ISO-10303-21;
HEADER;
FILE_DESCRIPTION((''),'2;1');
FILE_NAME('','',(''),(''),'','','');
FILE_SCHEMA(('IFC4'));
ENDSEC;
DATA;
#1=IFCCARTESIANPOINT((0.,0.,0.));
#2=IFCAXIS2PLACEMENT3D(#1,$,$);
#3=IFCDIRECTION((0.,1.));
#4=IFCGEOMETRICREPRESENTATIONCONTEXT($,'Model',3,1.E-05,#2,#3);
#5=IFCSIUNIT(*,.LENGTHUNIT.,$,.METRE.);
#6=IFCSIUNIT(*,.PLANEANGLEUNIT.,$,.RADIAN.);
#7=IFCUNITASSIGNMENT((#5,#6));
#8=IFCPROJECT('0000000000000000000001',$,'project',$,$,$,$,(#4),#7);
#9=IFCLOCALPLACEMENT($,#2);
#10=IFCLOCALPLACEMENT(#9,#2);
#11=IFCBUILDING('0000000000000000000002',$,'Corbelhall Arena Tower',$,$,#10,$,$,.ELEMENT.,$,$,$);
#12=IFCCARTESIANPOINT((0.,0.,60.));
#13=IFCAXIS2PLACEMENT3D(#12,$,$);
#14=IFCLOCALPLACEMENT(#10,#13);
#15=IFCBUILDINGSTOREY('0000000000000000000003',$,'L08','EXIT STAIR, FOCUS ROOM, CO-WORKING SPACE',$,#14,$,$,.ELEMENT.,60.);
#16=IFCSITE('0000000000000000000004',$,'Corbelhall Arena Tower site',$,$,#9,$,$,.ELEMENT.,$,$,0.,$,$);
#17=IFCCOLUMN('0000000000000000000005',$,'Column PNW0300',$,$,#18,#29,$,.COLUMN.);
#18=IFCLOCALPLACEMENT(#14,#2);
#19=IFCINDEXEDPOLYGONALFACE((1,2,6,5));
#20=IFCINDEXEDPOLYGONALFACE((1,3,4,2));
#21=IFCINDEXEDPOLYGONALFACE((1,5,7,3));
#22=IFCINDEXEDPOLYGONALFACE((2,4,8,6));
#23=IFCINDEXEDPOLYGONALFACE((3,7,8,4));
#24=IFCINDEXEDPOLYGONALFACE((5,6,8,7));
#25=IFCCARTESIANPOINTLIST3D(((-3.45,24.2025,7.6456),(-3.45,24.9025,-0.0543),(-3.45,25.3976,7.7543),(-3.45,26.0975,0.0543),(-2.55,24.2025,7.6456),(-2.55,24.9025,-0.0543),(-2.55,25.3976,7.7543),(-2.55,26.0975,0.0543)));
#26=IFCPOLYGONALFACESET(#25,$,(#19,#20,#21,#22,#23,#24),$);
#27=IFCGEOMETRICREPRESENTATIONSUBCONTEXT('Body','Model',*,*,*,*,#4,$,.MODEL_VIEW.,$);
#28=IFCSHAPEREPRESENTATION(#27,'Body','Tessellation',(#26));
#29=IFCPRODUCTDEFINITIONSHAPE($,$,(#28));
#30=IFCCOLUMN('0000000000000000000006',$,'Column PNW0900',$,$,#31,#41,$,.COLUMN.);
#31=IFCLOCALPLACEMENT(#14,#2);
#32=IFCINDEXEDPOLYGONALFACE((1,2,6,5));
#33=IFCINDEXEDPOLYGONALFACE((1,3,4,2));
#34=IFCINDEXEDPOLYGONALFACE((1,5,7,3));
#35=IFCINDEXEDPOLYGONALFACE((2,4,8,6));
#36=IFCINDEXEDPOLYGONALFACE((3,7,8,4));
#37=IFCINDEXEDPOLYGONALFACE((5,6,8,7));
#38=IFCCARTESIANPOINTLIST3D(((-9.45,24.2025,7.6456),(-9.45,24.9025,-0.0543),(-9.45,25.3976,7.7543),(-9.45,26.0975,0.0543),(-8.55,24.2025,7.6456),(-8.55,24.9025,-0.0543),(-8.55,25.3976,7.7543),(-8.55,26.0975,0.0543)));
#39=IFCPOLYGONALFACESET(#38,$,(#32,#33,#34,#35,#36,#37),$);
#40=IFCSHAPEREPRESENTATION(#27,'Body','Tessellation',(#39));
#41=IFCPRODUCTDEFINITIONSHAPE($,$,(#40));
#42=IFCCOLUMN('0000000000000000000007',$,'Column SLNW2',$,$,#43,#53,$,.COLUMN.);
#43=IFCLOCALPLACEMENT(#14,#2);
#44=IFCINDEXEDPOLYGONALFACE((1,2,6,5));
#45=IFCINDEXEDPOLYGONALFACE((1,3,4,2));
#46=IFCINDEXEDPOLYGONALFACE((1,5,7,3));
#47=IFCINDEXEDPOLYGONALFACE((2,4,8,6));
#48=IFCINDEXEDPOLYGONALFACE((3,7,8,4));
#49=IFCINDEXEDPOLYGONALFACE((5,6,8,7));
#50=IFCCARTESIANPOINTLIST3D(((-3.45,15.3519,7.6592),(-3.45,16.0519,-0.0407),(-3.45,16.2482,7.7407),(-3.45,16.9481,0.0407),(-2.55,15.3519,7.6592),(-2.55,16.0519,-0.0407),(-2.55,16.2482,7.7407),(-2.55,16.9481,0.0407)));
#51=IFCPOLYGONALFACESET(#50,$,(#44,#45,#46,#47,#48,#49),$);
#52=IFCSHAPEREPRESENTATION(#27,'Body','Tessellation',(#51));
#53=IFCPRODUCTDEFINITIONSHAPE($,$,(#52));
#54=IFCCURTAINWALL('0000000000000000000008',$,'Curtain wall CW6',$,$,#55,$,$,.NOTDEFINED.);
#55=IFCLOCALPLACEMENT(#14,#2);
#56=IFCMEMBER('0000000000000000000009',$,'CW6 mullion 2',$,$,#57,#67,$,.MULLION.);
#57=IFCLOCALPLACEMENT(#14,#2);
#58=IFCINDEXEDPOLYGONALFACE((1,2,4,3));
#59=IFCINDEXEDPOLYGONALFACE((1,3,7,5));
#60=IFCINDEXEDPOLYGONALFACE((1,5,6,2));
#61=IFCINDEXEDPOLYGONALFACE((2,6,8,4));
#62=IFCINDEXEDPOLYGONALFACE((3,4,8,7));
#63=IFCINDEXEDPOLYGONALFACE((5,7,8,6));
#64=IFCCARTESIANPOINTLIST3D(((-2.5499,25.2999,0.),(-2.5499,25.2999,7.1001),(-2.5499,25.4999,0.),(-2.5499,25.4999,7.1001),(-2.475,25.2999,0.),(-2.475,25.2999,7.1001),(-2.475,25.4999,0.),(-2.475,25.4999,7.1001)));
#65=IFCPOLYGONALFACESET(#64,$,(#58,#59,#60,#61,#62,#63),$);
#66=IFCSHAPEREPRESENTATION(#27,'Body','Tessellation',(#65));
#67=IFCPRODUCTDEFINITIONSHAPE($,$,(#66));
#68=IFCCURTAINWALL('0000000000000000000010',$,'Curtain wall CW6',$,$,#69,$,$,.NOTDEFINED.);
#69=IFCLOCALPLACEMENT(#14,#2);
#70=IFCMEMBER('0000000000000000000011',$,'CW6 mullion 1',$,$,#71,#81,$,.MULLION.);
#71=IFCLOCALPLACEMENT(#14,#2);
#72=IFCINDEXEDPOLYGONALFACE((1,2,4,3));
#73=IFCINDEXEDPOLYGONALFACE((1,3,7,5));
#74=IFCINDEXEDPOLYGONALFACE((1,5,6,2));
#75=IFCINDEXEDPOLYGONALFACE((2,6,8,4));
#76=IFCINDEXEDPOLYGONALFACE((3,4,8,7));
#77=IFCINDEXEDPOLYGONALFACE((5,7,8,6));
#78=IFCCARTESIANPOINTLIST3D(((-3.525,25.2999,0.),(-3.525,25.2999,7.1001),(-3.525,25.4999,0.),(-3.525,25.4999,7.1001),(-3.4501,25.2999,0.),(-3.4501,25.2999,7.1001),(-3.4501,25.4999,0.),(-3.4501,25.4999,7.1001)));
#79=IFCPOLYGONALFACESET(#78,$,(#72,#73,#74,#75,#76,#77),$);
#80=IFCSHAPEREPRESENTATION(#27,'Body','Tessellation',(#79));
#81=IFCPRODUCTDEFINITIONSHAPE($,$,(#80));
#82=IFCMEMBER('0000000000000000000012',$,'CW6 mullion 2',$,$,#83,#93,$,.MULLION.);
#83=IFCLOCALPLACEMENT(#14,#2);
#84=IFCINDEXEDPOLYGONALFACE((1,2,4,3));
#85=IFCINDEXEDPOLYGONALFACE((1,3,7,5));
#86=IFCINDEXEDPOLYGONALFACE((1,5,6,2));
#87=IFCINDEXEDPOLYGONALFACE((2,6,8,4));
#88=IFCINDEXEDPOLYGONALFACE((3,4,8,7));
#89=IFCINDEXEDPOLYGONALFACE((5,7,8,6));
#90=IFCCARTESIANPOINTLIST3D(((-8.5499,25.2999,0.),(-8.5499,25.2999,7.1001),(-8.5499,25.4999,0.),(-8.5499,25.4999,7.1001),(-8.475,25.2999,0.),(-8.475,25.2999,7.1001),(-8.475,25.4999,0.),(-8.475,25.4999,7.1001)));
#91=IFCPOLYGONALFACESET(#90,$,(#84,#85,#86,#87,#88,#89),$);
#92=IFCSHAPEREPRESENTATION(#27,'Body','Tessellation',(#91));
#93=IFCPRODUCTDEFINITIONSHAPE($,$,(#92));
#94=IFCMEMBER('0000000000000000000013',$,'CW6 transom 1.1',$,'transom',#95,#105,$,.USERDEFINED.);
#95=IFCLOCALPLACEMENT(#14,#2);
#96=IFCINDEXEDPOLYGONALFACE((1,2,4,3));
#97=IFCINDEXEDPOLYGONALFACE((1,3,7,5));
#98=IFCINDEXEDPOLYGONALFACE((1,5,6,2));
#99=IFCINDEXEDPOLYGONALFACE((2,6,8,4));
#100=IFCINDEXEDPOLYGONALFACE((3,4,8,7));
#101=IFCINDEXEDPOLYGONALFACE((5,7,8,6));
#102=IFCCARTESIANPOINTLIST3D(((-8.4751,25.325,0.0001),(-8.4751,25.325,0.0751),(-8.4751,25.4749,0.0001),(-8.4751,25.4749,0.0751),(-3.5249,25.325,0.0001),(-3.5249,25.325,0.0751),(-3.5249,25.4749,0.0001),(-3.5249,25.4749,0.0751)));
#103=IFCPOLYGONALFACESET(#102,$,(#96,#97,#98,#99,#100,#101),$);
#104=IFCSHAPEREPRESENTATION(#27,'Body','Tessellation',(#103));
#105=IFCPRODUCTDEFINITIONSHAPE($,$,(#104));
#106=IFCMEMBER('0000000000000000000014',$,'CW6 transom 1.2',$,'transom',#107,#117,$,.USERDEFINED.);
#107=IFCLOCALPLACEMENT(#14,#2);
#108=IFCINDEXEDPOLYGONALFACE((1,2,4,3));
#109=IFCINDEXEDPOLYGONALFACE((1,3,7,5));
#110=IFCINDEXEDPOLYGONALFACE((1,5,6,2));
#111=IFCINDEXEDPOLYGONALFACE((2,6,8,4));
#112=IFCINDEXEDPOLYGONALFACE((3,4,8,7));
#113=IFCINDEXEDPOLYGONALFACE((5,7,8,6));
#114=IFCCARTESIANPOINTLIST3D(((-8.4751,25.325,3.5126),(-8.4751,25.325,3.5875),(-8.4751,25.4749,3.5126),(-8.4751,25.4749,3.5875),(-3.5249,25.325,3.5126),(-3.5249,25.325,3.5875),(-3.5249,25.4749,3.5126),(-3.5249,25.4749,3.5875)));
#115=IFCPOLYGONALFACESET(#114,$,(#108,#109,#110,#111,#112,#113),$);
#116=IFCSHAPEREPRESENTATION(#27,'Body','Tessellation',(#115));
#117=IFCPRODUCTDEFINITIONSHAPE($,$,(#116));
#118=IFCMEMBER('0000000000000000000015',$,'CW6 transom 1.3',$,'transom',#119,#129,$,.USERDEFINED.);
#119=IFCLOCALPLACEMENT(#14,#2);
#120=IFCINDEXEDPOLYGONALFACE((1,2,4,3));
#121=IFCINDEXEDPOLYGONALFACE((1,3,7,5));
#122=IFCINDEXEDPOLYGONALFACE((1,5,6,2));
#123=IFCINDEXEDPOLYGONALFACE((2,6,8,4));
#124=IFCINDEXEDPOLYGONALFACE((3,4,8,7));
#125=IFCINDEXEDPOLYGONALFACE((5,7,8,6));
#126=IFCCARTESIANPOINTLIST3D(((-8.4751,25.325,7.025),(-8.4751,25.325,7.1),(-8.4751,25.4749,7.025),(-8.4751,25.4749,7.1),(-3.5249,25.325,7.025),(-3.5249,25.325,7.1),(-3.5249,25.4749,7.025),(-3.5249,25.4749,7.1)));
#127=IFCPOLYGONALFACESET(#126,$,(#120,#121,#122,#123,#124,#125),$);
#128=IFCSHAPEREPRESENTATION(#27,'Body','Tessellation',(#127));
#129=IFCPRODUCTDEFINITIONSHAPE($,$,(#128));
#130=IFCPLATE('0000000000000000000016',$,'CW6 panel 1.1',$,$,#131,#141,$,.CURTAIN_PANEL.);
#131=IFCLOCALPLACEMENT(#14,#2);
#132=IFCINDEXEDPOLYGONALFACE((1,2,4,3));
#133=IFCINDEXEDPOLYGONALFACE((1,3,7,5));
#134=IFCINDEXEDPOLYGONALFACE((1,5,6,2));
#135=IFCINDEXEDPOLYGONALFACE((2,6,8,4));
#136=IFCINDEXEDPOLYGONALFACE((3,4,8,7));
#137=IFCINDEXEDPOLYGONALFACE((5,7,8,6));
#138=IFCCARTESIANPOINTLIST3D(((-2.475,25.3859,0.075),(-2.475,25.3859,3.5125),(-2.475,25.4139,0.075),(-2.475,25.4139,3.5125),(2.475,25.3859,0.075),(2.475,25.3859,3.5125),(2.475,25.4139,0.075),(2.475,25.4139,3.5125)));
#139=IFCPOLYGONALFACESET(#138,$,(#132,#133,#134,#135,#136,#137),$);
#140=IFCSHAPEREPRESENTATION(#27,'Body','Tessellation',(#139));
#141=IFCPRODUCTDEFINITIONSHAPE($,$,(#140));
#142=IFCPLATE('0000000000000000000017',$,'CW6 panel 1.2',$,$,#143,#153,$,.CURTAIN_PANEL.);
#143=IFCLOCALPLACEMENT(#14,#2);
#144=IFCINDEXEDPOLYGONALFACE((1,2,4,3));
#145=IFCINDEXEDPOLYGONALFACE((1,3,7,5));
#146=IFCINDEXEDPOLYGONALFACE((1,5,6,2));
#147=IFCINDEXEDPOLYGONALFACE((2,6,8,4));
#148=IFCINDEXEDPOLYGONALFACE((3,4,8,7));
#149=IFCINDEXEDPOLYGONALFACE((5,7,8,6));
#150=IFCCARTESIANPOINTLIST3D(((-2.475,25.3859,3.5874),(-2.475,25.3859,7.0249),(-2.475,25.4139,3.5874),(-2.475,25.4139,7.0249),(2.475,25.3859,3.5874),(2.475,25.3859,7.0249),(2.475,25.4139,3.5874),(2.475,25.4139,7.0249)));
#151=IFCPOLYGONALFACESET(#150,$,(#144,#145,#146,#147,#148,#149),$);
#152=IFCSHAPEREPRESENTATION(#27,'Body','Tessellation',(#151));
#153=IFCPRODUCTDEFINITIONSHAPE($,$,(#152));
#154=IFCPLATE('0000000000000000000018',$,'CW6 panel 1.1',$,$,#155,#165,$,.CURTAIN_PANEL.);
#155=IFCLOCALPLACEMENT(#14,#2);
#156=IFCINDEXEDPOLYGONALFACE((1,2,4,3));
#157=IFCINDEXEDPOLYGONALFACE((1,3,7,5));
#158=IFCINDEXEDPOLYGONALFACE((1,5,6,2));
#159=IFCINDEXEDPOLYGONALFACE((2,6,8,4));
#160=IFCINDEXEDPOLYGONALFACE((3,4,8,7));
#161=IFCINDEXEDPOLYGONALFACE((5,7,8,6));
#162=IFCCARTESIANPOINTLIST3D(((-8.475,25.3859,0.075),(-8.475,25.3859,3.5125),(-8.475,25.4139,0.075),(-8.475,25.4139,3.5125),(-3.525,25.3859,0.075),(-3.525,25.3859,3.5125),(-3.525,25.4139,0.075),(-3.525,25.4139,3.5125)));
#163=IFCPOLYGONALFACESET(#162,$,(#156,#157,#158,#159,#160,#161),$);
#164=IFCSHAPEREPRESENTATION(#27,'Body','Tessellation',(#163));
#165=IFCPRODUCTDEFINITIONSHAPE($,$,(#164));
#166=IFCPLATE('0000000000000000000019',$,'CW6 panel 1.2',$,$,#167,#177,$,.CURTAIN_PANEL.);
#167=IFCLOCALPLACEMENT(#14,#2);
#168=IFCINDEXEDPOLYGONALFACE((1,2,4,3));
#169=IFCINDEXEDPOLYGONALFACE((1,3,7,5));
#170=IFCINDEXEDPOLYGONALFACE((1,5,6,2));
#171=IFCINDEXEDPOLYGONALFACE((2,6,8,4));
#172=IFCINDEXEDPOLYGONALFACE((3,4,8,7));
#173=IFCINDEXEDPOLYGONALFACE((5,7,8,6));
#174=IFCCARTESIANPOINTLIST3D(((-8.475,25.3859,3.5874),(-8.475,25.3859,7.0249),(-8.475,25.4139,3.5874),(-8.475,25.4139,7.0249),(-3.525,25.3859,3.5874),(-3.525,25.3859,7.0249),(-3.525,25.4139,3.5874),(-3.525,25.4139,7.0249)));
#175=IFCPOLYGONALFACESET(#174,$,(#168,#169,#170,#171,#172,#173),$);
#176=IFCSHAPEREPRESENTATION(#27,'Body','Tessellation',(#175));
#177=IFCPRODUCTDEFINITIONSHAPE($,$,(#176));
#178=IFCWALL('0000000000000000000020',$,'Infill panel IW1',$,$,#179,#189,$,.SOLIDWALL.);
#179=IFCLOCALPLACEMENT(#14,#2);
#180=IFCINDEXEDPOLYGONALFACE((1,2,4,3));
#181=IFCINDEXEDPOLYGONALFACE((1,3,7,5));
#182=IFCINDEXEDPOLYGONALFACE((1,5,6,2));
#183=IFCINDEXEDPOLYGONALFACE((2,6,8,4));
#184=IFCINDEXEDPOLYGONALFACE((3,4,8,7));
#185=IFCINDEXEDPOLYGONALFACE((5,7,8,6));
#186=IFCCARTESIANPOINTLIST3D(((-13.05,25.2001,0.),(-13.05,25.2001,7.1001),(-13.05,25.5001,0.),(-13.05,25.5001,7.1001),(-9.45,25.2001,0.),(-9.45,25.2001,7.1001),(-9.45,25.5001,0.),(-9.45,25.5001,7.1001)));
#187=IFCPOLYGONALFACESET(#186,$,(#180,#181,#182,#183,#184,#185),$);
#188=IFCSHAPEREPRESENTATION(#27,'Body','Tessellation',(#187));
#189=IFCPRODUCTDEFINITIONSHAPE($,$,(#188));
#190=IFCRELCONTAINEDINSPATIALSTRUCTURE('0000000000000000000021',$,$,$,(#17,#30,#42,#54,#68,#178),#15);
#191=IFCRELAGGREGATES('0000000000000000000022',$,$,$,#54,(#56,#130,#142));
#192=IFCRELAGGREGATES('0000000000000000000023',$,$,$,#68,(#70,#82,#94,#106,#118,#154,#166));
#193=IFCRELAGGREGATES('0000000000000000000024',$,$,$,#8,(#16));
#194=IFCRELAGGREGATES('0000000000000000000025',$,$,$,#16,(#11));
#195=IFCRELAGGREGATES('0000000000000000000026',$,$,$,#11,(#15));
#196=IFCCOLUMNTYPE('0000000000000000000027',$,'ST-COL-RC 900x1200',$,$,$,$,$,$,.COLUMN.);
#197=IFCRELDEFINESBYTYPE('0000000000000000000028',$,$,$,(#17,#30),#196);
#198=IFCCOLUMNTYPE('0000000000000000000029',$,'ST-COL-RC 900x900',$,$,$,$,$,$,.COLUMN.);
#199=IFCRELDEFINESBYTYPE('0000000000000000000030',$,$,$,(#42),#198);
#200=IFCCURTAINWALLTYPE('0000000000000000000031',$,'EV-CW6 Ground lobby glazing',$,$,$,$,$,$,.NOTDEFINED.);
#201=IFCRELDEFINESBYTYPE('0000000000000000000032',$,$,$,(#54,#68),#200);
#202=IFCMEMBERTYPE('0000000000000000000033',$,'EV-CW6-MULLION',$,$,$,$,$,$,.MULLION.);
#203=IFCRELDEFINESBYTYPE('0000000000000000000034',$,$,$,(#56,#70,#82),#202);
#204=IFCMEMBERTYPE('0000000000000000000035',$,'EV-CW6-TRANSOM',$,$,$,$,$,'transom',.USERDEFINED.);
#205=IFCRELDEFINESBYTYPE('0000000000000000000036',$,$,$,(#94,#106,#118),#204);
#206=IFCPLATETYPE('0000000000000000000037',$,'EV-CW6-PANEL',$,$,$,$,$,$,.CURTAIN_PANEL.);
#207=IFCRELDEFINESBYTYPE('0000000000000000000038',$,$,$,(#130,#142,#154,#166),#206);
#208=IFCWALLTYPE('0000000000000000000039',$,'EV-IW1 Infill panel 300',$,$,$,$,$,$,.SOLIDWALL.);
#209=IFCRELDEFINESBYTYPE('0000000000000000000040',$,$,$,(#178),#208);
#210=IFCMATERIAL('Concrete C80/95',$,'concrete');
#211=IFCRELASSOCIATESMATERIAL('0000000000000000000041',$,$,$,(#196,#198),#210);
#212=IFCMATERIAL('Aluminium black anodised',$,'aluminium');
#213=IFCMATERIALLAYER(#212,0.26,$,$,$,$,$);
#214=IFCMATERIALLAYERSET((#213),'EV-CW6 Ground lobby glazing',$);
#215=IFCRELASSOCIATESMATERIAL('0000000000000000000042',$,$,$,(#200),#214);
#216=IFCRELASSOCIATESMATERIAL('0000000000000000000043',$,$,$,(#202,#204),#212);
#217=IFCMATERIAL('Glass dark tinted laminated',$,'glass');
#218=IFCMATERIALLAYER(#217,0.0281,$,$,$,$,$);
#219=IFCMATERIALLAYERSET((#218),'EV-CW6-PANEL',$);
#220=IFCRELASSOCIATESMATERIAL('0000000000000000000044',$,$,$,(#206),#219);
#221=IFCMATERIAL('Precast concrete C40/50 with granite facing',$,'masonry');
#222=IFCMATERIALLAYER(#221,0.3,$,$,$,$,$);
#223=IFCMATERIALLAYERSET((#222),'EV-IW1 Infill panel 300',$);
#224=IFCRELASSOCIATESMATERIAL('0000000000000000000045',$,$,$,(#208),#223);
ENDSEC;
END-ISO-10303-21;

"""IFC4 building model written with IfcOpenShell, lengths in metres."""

from ifc_helpers import new_model, si_unit, direction, frame, frame_2d, origin, origin_2d, place, context, subcontext, project, spatial, rectangle, extrude, material, layer, layer_set, material_profile, profile_set, type_object, element, aggregate, save


model = new_model("IFC4")

# Units and contexts
model_context = context("Model", 3, precision=1e-05, world=origin(), true_north=direction((0.0, 1.0)))
body_context = subcontext(model_context, "Body", "Model", "MODEL_VIEW")
ifc_project = project(units=[si_unit("LENGTHUNIT", "METRE"), si_unit("PLANEANGLEUNIT", "RADIAN")], contexts=[model_context])

# Site, building, storey
site_placement = place(None, origin())
site = spatial("IfcSite", under=ifc_project, at=site_placement, Name="Corbelhall Arena Tower site", CompositionType="ELEMENT", RefElevation=0.0)
building_placement = place(site_placement, origin())
building = spatial("IfcBuilding", under=site, at=building_placement, Name="Corbelhall Arena Tower", CompositionType="ELEMENT")
storey_placement = place(building_placement, frame((0.0, 0.0, 60.0)))
storey = spatial("IfcBuildingStorey", under=building, at=storey_placement, Name="L08", Description="EXIT STAIR, FOCUS ROOM, CO-WORKING SPACE", CompositionType="ELEMENT", Elevation=60.0)

# Columns
ifc_material_1 = material(Name="Concrete C80/95", Category="concrete")
ifc_material_profile_1 = material_profile(ifc_material_1, rectangle(XDim=0.8999, YDim=1.2, at=origin_2d()))
ifc_profile_set_1 = profile_set([ifc_material_profile_1], Name="Concrete C80/95")
column_type_1 = type_object("IfcColumnType", Name="ST-COL-RC 900x1200", PredefinedType="COLUMN", material=ifc_profile_set_1)
for number, where, z_axis, x_axis, name in (
    (1, (-3.0, 25.5, 0.0), (0.0, -0.09053, 0.995894), (1.0, 0.0, 0.0), "Column PNW0300"),
    (2, (-9.0, 25.5, 0.0), (0.0, -0.09053, 0.995894), (1.0, 0.0, 0.0), "Column PNW0900"),
):
    element("IfcColumn", number, at=place(storey_placement, frame(where, z_axis=z_axis, x_axis=x_axis)), inside=storey, type_object=column_type_1, Name=name, PredefinedType="COLUMN", context=body_context, shape_type="SweptSolid", body=[
        extrude(rectangle(XDim=0.8999, YDim=1.2, at=origin_2d()), origin(), (0.0, 0.0, 1.0), 7.7317),
    ])
ifc_material_profile_2 = material_profile(ifc_material_1, rectangle(XDim=0.8999, YDim=0.8999, at=origin_2d()))
ifc_profile_set_2 = profile_set([ifc_material_profile_2], Name="Concrete C80/95")
column_type_2 = type_object("IfcColumnType", Name="ST-COL-RC 900x900", PredefinedType="COLUMN", material=ifc_profile_set_2)
column_placement = place(storey_placement, frame((-3.0, 16.5, 0.0), z_axis=(0.0, -0.09053, 0.995894), x_axis=(1.0, 0.0, 0.0)))
element("IfcColumn", 3, at=column_placement, inside=storey, type_object=column_type_2, Name="Column SLNW2", PredefinedType="COLUMN", context=body_context, shape_type="SweptSolid", body=[
    extrude(rectangle(XDim=0.8999, YDim=0.8999, at=origin_2d()), origin(), (0.0, 0.0, 1.0), 7.7317),
])

# Curtain wall, member
ifc_material_2 = material(Name="Aluminium black anodised", Category="aluminium")
ifc_layer_1 = layer(ifc_material_2, 0.26)
ifc_layer_set_1 = layer_set([ifc_layer_1], Name="EV-CW6 Ground lobby glazing")
curtain_wall_type = type_object("IfcCurtainWallType", Name="EV-CW6 Ground lobby glazing", PredefinedType="NOTDEFINED", material=ifc_layer_set_1)
curtain_wall_1_placement = place(storey_placement, origin())
curtain_wall_1 = element("IfcCurtainWall", 4, at=curtain_wall_1_placement, inside=storey, type_object=curtain_wall_type, Name="Curtain wall CW6", PredefinedType="NOTDEFINED")
ifc_material_profile_3 = material_profile(ifc_material_2, rectangle(XDim=0.2, YDim=0.075, at=origin_2d()))
ifc_profile_set_3 = profile_set([ifc_material_profile_3], Name="Aluminium black anodised")
member_type_1 = type_object("IfcMemberType", Name="EV-CW6-MULLION", PredefinedType="MULLION", material=ifc_profile_set_3)
member_1_placement = place(storey_placement, frame((-2.5125, 25.3999, 0.0), z_axis=(0.0, 0.0, 1.0), x_axis=(0.0, -1.0, 0.0)))
member_1 = element("IfcMember", 5, at=member_1_placement, type_object=member_type_1, Name="CW6 mullion 2", PredefinedType="MULLION", context=body_context, shape_type="SweptSolid", body=[
    extrude(rectangle(XDim=0.2, YDim=0.075, at=origin_2d()), origin(), (0.0, 0.0, 1.0), 7.1001),
])

# Curtain wall, members
curtain_wall_2_placement = place(storey_placement, origin())
curtain_wall_2 = element("IfcCurtainWall", 6, at=curtain_wall_2_placement, inside=storey, type_object=curtain_wall_type, Name="Curtain wall CW6", PredefinedType="NOTDEFINED")
member_2_placement = place(storey_placement, frame((-3.4875, 25.3999, 0.0), z_axis=(0.0, 0.0, 1.0), x_axis=(0.0, -1.0, 0.0)))
member_2 = element("IfcMember", 7, at=member_2_placement, type_object=member_type_1, Name="CW6 mullion 1", PredefinedType="MULLION", context=body_context, shape_type="SweptSolid", body=[
    extrude(rectangle(XDim=0.2, YDim=0.075, at=origin_2d()), origin(), (0.0, 0.0, 1.0), 7.1001),
])
member_3_placement = place(storey_placement, frame((-8.5125, 25.3999, 0.0), z_axis=(0.0, 0.0, 1.0), x_axis=(0.0, -1.0, 0.0)))
member_3 = element("IfcMember", 8, at=member_3_placement, type_object=member_type_1, Name="CW6 mullion 2", PredefinedType="MULLION", context=body_context, shape_type="SweptSolid", body=[
    extrude(rectangle(XDim=0.2, YDim=0.075, at=origin_2d()), origin(), (0.0, 0.0, 1.0), 7.1001),
])
ifc_material_profile_4 = material_profile(ifc_material_2, rectangle(XDim=0.1499, YDim=0.075, at=origin_2d()))
ifc_profile_set_4 = profile_set([ifc_material_profile_4], Name="Aluminium black anodised")
member_type_2 = type_object("IfcMemberType", Name="EV-CW6-TRANSOM", ElementType="transom", PredefinedType="USERDEFINED", material=ifc_profile_set_4)
member_4_placement = place(storey_placement, frame((-3.5249, 25.3999, 0.0376), z_axis=(-1.0, 0.0, 0.0), x_axis=(0.0, -1.0, 0.0)))
member_4 = element("IfcMember", 9, at=member_4_placement, type_object=member_type_2, Name="CW6 transom 1.1", ObjectType="transom", PredefinedType="USERDEFINED", context=body_context, shape_type="SweptSolid", body=[
    extrude(rectangle(XDim=0.1499, YDim=0.075, at=origin_2d()), origin(), (0.0, 0.0, 1.0), 4.9502),
])
member_5_placement = place(storey_placement, frame((-3.5249, 25.3999, 3.55), z_axis=(-1.0, 0.0, 0.0), x_axis=(0.0, -1.0, 0.0)))
member_5 = element("IfcMember", 10, at=member_5_placement, type_object=member_type_2, Name="CW6 transom 1.2", ObjectType="transom", PredefinedType="USERDEFINED", context=body_context, shape_type="SweptSolid", body=[
    extrude(rectangle(XDim=0.1499, YDim=0.075, at=origin_2d()), origin(), (0.0, 0.0, 1.0), 4.9502),
])
member_6_placement = place(storey_placement, frame((-3.5249, 25.3999, 7.0625), z_axis=(-1.0, 0.0, 0.0), x_axis=(0.0, -1.0, 0.0)))
member_6 = element("IfcMember", 11, at=member_6_placement, type_object=member_type_2, Name="CW6 transom 1.3", ObjectType="transom", PredefinedType="USERDEFINED", context=body_context, shape_type="SweptSolid", body=[
    extrude(rectangle(XDim=0.1499, YDim=0.075, at=origin_2d()), origin(), (0.0, 0.0, 1.0), 4.9502),
])

# Plates
ifc_material_3 = material(Name="Glass dark tinted laminated", Category="glass")
ifc_layer_2 = layer(ifc_material_3, 0.0281)
ifc_layer_set_2 = layer_set([ifc_layer_2], Name="EV-CW6-PANEL")
plate_type = type_object("IfcPlateType", Name="EV-CW6-PANEL", PredefinedType="CURTAIN_PANEL", material=ifc_layer_set_2)
plate_1_placement = place(storey_placement, frame((0.0, 25.3999, 0.075), z_axis=(0.0, 0.0, 1.0), x_axis=(-1.0, 0.0, 0.0)))
plate_1 = element("IfcPlate", 12, at=plate_1_placement, type_object=plate_type, Name="CW6 panel 1.1", PredefinedType="CURTAIN_PANEL", context=body_context, shape_type="SweptSolid", body=[
    extrude(rectangle(XDim=4.95, YDim=0.0281, at=origin_2d()), origin(), (0.0, 0.0, 1.0), 3.4375),
])
plate_2_placement = place(storey_placement, frame((0.0, 25.3999, 3.5874), z_axis=(0.0, 0.0, 1.0), x_axis=(-1.0, 0.0, 0.0)))
plate_2 = element("IfcPlate", 13, at=plate_2_placement, type_object=plate_type, Name="CW6 panel 1.2", PredefinedType="CURTAIN_PANEL", context=body_context, shape_type="SweptSolid", body=[
    extrude(rectangle(XDim=4.95, YDim=0.0281, at=origin_2d()), origin(), (0.0, 0.0, 1.0), 3.4375),
])
aggregate(curtain_wall_1, [member_1, plate_1, plate_2])
plate_3_placement = place(storey_placement, frame((-6.0, 25.3999, 0.075), z_axis=(0.0, 0.0, 1.0), x_axis=(-1.0, 0.0, 0.0)))
plate_3 = element("IfcPlate", 14, at=plate_3_placement, type_object=plate_type, Name="CW6 panel 1.1", PredefinedType="CURTAIN_PANEL", context=body_context, shape_type="SweptSolid", body=[
    extrude(rectangle(XDim=4.95, YDim=0.0281, at=origin_2d()), origin(), (0.0, 0.0, 1.0), 3.4375),
])
plate_4_placement = place(storey_placement, frame((-6.0, 25.3999, 3.5874), z_axis=(0.0, 0.0, 1.0), x_axis=(-1.0, 0.0, 0.0)))
plate_4 = element("IfcPlate", 15, at=plate_4_placement, type_object=plate_type, Name="CW6 panel 1.2", PredefinedType="CURTAIN_PANEL", context=body_context, shape_type="SweptSolid", body=[
    extrude(rectangle(XDim=4.95, YDim=0.0281, at=origin_2d()), origin(), (0.0, 0.0, 1.0), 3.4375),
])
aggregate(curtain_wall_2, [member_2, member_3, member_4, member_5, member_6, plate_3, plate_4])

# Wall
ifc_material_4 = material(Name="Precast concrete C40/50 with granite facing", Category="masonry")
ifc_layer_3 = layer(ifc_material_4, 0.3)
ifc_layer_set_3 = layer_set([ifc_layer_3], Name="EV-IW1 Infill panel 300")
wall_type_1 = type_object("IfcWallType", Name="EV-IW1 Infill panel 300", PredefinedType="SOLIDWALL", material=ifc_layer_set_3)
wall_1_placement = place(storey_placement, frame((-9.45, 25.3501, 0.0), z_axis=(0.0, 0.0, 1.0), x_axis=(-1.0, 0.0, 0.0)))
element("IfcWall", 16, at=wall_1_placement, inside=storey, type_object=wall_type_1, Name="Infill panel IW1", PredefinedType="SOLIDWALL", context=body_context, shape_type="SweptSolid", body=[
    extrude(rectangle(XDim=3.6001, YDim=0.3, at=frame_2d((1.8, 0.0))), origin(), (0.0, 0.0, 1.0), 7.1001),
])

save(model, "model.ifc")
